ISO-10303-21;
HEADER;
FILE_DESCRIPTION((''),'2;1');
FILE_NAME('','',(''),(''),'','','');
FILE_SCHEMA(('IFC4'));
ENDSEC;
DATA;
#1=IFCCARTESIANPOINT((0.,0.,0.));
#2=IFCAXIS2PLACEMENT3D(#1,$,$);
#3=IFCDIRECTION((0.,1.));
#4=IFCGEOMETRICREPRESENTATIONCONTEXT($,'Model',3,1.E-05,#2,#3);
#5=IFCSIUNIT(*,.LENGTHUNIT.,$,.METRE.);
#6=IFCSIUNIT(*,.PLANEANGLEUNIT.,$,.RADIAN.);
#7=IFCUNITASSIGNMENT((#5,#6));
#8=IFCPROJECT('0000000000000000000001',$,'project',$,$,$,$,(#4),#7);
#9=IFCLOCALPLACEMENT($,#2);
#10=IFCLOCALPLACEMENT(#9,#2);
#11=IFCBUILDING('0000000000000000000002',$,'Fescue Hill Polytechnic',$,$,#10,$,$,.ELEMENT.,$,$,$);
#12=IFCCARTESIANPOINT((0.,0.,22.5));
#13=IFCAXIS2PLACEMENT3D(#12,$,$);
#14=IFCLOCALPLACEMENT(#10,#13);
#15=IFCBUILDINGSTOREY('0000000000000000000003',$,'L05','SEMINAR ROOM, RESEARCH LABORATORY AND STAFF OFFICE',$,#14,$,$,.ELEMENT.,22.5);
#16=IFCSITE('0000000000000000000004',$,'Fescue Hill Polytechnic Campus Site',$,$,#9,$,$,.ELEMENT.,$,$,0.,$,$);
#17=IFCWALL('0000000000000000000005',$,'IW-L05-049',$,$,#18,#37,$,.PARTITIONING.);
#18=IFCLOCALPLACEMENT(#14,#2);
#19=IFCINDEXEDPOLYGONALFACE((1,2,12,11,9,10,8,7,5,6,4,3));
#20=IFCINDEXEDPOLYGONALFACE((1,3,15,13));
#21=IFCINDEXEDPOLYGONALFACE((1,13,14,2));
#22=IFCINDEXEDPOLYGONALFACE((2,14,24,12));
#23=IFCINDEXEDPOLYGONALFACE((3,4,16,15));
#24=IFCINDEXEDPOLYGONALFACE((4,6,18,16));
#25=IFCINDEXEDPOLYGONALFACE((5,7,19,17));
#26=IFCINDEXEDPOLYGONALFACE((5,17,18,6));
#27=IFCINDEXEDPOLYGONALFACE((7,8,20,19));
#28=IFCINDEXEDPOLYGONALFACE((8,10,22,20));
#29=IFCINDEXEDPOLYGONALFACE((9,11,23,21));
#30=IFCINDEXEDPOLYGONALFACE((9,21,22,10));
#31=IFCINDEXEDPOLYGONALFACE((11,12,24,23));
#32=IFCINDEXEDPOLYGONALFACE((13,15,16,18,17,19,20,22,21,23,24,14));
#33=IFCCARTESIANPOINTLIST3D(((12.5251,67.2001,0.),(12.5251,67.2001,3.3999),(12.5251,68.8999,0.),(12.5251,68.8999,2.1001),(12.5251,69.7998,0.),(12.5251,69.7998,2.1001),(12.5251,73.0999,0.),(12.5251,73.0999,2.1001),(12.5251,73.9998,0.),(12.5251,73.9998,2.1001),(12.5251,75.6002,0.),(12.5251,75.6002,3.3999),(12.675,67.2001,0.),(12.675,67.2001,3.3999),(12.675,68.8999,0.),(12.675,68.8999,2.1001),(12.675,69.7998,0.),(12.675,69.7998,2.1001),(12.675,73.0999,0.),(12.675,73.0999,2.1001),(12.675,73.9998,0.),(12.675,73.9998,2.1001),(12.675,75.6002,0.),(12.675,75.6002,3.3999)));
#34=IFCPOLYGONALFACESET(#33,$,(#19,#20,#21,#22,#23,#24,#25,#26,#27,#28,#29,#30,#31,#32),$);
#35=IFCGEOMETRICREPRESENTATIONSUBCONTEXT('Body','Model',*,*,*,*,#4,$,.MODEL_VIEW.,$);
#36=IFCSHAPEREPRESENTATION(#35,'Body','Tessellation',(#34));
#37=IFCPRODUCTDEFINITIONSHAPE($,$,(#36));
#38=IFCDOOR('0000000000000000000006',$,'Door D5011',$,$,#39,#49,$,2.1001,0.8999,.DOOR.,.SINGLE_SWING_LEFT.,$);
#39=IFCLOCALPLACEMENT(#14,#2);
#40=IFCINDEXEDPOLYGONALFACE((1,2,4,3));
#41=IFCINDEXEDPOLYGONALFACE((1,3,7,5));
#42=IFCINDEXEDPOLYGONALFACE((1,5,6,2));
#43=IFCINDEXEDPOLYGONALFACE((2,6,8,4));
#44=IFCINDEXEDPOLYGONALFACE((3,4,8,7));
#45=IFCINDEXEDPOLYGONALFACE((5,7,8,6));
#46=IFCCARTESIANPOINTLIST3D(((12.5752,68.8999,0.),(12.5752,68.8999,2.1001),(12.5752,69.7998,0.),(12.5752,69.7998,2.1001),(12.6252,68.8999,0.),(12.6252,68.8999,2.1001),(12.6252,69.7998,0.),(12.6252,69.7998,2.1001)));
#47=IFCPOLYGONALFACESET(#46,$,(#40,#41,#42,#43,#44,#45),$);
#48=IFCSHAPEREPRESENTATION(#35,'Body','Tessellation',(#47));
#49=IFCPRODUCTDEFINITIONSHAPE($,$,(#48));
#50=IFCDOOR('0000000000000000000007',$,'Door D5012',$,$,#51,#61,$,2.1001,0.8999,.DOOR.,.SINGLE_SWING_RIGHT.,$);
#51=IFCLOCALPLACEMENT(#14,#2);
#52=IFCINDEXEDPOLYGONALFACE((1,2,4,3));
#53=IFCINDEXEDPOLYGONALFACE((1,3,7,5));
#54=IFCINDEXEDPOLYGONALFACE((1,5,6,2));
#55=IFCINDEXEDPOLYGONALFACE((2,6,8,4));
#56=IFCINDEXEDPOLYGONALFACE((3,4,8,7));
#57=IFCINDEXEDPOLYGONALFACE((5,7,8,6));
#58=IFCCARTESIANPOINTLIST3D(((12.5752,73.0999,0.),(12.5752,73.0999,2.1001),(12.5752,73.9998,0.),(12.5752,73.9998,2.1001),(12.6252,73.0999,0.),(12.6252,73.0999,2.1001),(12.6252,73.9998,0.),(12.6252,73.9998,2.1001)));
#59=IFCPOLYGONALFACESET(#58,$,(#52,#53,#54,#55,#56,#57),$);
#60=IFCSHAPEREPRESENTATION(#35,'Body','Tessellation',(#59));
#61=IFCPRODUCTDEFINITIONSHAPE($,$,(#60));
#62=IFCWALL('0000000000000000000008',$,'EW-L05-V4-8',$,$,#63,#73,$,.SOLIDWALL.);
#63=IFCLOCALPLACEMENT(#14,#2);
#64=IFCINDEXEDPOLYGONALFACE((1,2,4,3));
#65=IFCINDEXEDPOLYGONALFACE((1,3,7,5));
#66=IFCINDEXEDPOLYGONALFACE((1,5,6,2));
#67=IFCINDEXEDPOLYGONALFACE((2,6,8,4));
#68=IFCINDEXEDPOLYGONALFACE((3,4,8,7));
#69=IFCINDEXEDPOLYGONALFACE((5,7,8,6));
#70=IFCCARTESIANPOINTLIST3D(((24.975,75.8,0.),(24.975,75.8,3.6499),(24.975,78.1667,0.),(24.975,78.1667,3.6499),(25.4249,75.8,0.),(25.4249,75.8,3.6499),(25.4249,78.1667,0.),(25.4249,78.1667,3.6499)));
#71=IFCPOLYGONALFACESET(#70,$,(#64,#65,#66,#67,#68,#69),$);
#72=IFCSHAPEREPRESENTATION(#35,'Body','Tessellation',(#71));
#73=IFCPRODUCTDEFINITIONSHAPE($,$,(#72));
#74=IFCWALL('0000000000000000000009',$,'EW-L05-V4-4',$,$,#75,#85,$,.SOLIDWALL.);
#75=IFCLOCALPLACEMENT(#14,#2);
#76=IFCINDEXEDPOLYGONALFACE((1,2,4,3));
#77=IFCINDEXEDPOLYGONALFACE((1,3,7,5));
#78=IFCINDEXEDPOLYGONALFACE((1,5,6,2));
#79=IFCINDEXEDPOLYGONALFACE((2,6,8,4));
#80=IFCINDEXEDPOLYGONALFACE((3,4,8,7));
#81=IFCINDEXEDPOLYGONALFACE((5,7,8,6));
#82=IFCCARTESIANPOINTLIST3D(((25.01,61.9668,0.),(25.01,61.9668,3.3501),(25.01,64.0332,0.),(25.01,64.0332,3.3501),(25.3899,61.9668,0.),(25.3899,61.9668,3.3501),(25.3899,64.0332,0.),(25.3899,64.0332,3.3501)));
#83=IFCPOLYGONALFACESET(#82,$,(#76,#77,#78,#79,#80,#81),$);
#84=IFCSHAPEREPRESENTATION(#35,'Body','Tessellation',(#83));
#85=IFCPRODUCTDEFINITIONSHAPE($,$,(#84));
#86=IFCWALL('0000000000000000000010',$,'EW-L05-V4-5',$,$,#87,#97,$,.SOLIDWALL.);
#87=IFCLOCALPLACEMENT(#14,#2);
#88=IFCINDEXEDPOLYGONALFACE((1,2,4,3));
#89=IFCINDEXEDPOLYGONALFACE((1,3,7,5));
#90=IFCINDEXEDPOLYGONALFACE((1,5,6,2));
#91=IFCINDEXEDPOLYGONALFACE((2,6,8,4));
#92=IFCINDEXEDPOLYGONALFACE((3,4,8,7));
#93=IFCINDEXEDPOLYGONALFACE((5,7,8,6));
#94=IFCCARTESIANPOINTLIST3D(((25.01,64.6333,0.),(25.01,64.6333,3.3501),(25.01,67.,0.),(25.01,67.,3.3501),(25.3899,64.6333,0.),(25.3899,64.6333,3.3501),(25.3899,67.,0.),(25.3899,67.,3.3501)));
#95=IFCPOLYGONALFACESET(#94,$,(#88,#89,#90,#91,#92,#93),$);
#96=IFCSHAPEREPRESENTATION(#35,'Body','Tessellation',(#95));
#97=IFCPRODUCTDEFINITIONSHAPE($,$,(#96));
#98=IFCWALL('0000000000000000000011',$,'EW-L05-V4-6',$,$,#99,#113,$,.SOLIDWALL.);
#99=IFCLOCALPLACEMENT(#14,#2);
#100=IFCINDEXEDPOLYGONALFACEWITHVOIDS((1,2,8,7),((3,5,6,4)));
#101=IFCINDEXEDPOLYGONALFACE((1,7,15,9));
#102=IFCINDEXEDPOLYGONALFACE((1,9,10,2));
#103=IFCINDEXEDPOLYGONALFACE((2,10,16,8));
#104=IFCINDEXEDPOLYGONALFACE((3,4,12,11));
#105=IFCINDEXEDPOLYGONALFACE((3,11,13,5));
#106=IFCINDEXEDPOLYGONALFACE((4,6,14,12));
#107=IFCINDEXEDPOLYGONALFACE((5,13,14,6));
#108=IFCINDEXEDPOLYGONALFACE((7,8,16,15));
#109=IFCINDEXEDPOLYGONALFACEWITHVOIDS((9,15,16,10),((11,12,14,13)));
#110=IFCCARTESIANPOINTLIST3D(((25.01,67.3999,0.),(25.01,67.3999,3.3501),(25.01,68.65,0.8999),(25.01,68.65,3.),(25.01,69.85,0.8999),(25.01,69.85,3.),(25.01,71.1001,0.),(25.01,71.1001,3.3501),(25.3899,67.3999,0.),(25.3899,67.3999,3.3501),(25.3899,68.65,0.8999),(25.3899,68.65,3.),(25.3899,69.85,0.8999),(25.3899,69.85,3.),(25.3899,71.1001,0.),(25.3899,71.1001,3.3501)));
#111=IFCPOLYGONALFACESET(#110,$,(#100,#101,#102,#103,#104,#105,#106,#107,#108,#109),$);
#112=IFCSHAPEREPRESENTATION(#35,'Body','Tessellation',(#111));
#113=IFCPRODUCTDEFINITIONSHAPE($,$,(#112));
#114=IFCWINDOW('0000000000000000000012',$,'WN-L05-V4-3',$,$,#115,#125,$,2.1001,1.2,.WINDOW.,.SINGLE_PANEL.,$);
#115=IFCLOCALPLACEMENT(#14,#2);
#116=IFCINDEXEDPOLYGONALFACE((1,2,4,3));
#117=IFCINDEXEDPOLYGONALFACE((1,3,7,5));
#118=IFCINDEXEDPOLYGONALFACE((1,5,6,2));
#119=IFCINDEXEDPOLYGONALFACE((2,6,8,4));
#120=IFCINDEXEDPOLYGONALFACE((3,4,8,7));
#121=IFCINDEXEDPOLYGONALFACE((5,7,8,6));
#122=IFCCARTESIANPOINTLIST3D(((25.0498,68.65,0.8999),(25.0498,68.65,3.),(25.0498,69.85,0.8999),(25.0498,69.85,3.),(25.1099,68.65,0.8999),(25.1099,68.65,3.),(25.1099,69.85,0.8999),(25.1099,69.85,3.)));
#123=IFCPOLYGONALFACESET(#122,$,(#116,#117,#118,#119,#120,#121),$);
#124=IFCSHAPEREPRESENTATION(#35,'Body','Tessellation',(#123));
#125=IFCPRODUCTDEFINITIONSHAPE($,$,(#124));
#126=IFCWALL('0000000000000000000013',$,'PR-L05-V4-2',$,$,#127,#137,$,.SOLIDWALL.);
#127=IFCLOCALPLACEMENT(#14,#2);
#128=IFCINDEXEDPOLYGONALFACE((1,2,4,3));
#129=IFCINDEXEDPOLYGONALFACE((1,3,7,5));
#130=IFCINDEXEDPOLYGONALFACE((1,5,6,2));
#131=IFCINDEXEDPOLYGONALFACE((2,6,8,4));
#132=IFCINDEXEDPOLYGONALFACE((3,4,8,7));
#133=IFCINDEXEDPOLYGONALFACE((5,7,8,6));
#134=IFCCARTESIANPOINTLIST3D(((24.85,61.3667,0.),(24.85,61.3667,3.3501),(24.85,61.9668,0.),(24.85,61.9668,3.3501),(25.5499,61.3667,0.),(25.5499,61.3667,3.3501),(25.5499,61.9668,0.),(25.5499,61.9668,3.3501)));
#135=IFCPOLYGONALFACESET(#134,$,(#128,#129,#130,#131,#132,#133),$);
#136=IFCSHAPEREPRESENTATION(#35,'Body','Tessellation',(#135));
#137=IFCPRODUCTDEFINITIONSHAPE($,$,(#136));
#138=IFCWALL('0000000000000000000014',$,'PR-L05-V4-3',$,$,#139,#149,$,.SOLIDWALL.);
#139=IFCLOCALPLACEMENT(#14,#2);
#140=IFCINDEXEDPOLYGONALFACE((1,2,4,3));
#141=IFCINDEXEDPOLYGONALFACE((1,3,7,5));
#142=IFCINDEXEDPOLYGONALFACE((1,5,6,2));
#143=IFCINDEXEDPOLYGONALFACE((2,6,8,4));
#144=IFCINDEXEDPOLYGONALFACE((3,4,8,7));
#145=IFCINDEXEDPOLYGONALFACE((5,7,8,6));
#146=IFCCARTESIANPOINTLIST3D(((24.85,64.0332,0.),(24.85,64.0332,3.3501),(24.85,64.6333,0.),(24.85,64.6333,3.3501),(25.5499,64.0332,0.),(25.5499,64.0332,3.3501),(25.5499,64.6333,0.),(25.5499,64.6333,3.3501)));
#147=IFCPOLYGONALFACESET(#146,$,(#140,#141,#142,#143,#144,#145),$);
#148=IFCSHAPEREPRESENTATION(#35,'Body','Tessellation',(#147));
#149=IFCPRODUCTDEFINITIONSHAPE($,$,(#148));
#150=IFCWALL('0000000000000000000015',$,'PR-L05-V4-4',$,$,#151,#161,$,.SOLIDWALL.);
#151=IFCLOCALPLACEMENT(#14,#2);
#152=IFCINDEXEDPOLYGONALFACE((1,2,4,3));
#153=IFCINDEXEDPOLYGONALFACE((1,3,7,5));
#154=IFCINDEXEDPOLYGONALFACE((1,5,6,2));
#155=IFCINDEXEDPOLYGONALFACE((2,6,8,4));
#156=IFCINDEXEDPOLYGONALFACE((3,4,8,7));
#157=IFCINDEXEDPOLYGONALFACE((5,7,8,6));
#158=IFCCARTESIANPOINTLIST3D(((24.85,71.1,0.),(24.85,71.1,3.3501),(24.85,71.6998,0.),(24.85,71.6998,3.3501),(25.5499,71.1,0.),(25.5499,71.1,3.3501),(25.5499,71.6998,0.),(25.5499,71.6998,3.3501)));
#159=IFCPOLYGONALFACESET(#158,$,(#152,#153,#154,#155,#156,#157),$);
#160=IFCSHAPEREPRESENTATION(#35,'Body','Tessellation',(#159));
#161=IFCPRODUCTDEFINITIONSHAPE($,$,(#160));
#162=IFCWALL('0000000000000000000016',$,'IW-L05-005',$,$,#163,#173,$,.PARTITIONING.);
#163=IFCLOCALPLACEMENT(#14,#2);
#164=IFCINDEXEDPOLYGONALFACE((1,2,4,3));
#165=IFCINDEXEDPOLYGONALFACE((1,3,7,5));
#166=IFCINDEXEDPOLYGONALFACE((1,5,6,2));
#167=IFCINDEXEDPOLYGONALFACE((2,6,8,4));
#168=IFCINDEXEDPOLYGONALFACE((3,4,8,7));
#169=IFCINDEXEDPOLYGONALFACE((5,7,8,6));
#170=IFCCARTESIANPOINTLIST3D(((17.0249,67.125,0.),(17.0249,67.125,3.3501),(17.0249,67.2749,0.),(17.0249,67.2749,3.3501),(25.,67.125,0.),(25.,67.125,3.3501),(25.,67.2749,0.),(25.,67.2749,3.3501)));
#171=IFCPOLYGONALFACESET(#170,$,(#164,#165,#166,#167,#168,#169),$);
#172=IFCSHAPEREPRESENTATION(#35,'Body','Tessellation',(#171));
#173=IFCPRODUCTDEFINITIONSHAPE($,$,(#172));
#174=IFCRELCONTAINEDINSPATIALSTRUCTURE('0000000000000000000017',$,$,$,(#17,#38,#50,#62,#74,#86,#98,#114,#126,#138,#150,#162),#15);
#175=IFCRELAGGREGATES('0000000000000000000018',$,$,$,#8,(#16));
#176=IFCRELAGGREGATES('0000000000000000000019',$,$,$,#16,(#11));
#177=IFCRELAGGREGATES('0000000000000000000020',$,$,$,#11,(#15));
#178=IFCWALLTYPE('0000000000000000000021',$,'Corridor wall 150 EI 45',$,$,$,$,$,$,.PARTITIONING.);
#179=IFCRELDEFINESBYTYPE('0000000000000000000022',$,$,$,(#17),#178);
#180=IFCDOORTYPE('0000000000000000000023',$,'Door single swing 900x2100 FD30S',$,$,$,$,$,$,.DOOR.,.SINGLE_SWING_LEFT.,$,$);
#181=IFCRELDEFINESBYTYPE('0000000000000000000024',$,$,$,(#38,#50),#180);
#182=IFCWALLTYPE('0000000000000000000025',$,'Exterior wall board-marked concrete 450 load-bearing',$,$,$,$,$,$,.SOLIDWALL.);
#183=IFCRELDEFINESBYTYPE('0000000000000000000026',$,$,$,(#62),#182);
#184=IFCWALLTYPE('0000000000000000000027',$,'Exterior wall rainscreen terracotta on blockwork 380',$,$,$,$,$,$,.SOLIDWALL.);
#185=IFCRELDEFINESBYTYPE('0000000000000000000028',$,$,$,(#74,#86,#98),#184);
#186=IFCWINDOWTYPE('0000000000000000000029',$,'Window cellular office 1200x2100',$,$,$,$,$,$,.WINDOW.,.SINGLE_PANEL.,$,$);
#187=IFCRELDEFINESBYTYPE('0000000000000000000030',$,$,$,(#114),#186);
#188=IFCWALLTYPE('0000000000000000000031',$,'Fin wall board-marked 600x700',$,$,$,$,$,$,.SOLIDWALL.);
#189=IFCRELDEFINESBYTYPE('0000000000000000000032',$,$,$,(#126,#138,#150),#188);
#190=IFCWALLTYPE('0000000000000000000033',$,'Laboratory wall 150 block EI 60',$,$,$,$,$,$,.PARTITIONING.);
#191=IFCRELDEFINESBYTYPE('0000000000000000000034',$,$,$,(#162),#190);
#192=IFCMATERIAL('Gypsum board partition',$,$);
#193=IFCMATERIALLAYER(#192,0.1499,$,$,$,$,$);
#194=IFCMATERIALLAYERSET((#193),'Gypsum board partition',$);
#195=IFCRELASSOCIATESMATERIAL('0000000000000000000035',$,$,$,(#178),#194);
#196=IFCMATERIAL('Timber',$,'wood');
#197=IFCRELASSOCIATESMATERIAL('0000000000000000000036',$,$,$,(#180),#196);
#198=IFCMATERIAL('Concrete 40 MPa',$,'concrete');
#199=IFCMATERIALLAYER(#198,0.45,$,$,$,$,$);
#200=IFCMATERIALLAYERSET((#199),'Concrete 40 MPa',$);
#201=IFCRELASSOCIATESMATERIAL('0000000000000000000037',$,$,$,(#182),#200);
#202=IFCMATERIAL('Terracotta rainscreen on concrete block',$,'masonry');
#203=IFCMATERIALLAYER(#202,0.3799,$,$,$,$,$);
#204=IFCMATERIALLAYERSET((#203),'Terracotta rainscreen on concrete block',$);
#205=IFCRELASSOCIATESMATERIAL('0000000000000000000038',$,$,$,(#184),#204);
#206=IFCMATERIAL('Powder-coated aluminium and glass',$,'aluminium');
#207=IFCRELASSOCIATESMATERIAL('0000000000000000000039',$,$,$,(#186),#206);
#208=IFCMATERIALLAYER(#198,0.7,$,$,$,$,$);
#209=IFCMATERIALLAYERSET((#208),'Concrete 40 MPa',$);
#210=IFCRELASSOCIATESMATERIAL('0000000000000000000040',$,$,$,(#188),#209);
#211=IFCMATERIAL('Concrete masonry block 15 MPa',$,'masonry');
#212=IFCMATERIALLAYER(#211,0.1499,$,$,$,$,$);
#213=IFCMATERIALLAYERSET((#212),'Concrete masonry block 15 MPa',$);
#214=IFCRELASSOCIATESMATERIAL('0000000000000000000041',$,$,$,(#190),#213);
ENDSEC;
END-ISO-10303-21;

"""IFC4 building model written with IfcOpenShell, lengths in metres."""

from ifc_helpers import new_model, si_unit, direction, frame, frame_2d, origin, place, context, subcontext, project, spatial, rectangle, extrude, material, layer, layer_set, type_object, element, fill, save


model = new_model("IFC4")

# Units and contexts
model_context = context("Model", 3, precision=1e-05, world=origin(), true_north=direction((0.0, 1.0)))
body_context = subcontext(model_context, "Body", "Model", "MODEL_VIEW")
ifc_project = project(units=[si_unit("LENGTHUNIT", "METRE"), si_unit("PLANEANGLEUNIT", "RADIAN")], contexts=[model_context])

# Site, building, storey
site_placement = place(None, origin())
site = spatial("IfcSite", under=ifc_project, at=site_placement, Name="Fescue Hill Polytechnic Campus Site", CompositionType="ELEMENT", RefElevation=0.0)
building_placement = place(site_placement, origin())
building = spatial("IfcBuilding", under=site, at=building_placement, Name="Fescue Hill Polytechnic", CompositionType="ELEMENT")
storey_placement = place(building_placement, frame((0.0, 0.0, 22.5)))
storey = spatial("IfcBuildingStorey", under=building, at=storey_placement, Name="L05", Description="SEMINAR ROOM, RESEARCH LABORATORY AND STAFF OFFICE", CompositionType="ELEMENT", Elevation=22.5)

# Shared definitions
ifc_material_1 = material(Name="Concrete 40 MPa", Category="concrete")

# Wall, openings, doors
ifc_material_2 = material(Name="Gypsum board partition")
ifc_layer_1 = layer(ifc_material_2, 0.1499)
ifc_layer_set_1 = layer_set([ifc_layer_1], Name="Gypsum board partition")
wall_type_1 = type_object("IfcWallType", Name="Corridor wall 150 EI 45", PredefinedType="PARTITIONING", material=ifc_layer_set_1)
wall_1_placement = place(storey_placement, frame((12.6001, 67.2, 0.0), z_axis=(0.0, 0.0, 1.0), x_axis=(0.0, 1.0, 0.0)))
wall_1 = element("IfcWall", 1, at=wall_1_placement, inside=storey, type_object=wall_type_1, Name="IW-L05-049", PredefinedType="PARTITIONING", context=body_context, shape_type="SweptSolid", body=[
    extrude(rectangle(XDim=8.4001, YDim=0.1499, at=frame_2d((4.2002, 0.0))), origin(), (0.0, 0.0, 1.0), 3.3999),
])
opening_1_placement = place(wall_1_placement, frame((1.7, 0.0, 0.0)))
opening_1 = element("IfcOpeningElement", 2, at=opening_1_placement, cuts=wall_1, PredefinedType="OPENING", context=body_context, shape_type="SweptSolid", body=[
    extrude(rectangle(XDim=0.8999, YDim=2.1001, at=frame_2d((0.45, 1.05))), frame((0.0, 0.085, 0.0), z_axis=(0.0, -1.0, 0.0), x_axis=(1.0, 0.0, 0.0)), (0.0, 0.0, 1.0), 0.1699),
])
opening_2_placement = place(wall_1_placement, frame((5.8999, 0.0, 0.0)))
opening_2 = element("IfcOpeningElement", 3, at=opening_2_placement, cuts=wall_1, PredefinedType="OPENING", context=body_context, shape_type="SweptSolid", body=[
    extrude(rectangle(XDim=0.8999, YDim=2.1001, at=frame_2d((0.45, 1.05))), frame((0.0, 0.085, 0.0), z_axis=(0.0, -1.0, 0.0), x_axis=(1.0, 0.0, 0.0)), (0.0, 0.0, 1.0), 0.1699),
])
ifc_material_3 = material(Name="Timber", Category="wood")
door_type_1 = type_object("IfcDoorType", Name="Door single swing 900x2100 FD30S", OperationType="SINGLE_SWING_LEFT", PredefinedType="DOOR", material=ifc_material_3)
door_1_placement = place(opening_1_placement, origin())
door_1 = element("IfcDoor", 4, at=door_1_placement, inside=storey, type_object=door_type_1, Name="Door D5011", OperationType="SINGLE_SWING_LEFT", OverallHeight=2.1001, OverallWidth=0.8999, PredefinedType="DOOR", context=body_context, shape_type="SweptSolid", body=[
    extrude(rectangle(XDim=0.8999, YDim=2.1001, at=frame_2d((0.45, 1.05))), frame((0.0, 0.0249, 0.0), z_axis=(0.0, -1.0, 0.0), x_axis=(1.0, 0.0, 0.0)), (0.0, 0.0, 1.0), 0.05),
])
fill(opening_1, door_1)
door_2_placement = place(opening_2_placement, origin())
door_2 = element("IfcDoor", 5, at=door_2_placement, inside=storey, type_object=door_type_1, Name="Door D5012", OperationType="SINGLE_SWING_RIGHT", OverallHeight=2.1001, OverallWidth=0.8999, PredefinedType="DOOR", context=body_context, shape_type="SweptSolid", body=[
    extrude(rectangle(XDim=0.8999, YDim=2.1001, at=frame_2d((0.45, 1.05))), frame((0.0, 0.0249, 0.0), z_axis=(0.0, -1.0, 0.0), x_axis=(1.0, 0.0, 0.0)), (0.0, 0.0, 1.0), 0.05),
])
fill(opening_2, door_2)

# Walls
ifc_layer_2 = layer(ifc_material_1, 0.45)
ifc_layer_set_2 = layer_set([ifc_layer_2], Name="Concrete 40 MPa")
wall_type_2 = type_object("IfcWallType", Name="Exterior wall board-marked concrete 450 load-bearing", PredefinedType="SOLIDWALL", material=ifc_layer_set_2)
wall_2_placement = place(storey_placement, frame((25.2, 75.8, 0.0), z_axis=(0.0, 0.0, 1.0), x_axis=(0.0, 1.0, 0.0)))
element("IfcWall", 6, at=wall_2_placement, inside=storey, type_object=wall_type_2, Name="EW-L05-V4-8", PredefinedType="SOLIDWALL", context=body_context, shape_type="SweptSolid", body=[
    extrude(rectangle(XDim=2.3667, YDim=0.45, at=frame_2d((1.1833, 0.0))), origin(), (0.0, 0.0, 1.0), 3.6499),
])
ifc_material_4 = material(Name="Terracotta rainscreen on concrete block", Category="masonry")
ifc_layer_3 = layer(ifc_material_4, 0.3799)
ifc_layer_set_3 = layer_set([ifc_layer_3], Name="Terracotta rainscreen on concrete block")
wall_type_3 = type_object("IfcWallType", Name="Exterior wall rainscreen terracotta on blockwork 380", PredefinedType="SOLIDWALL", material=ifc_layer_set_3)
wall_3_placement = place(storey_placement, frame((25.2, 61.9668, 0.0), z_axis=(0.0, 0.0, 1.0), x_axis=(0.0, 1.0, 0.0)))
element("IfcWall", 7, at=wall_3_placement, inside=storey, type_object=wall_type_3, Name="EW-L05-V4-4", PredefinedType="SOLIDWALL", context=body_context, shape_type="SweptSolid", body=[
    extrude(rectangle(XDim=2.0664, YDim=0.3799, at=frame_2d((1.0332, 0.0))), origin(), (0.0, 0.0, 1.0), 3.3501),
])
wall_4_placement = place(storey_placement, frame((25.2, 64.6333, 0.0), z_axis=(0.0, 0.0, 1.0), x_axis=(0.0, 1.0, 0.0)))
element("IfcWall", 8, at=wall_4_placement, inside=storey, type_object=wall_type_3, Name="EW-L05-V4-5", PredefinedType="SOLIDWALL", context=body_context, shape_type="SweptSolid", body=[
    extrude(rectangle(XDim=2.3667, YDim=0.3799, at=frame_2d((1.1833, 0.0))), origin(), (0.0, 0.0, 1.0), 3.3501),
])

# Wall, opening, window
wall_5_placement = place(storey_placement, frame((25.2, 67.3999, 0.0), z_axis=(0.0, 0.0, 1.0), x_axis=(0.0, 1.0, 0.0)))
wall_5 = element("IfcWall", 9, at=wall_5_placement, inside=storey, type_object=wall_type_3, Name="EW-L05-V4-6", PredefinedType="SOLIDWALL", context=body_context, shape_type="SweptSolid", body=[
    extrude(rectangle(XDim=3.7002, YDim=0.3799, at=frame_2d((1.8501, 0.0))), origin(), (0.0, 0.0, 1.0), 3.3501),
])
opening_3_placement = place(wall_5_placement, frame((1.25, 0.0, 0.8999)))
opening_3 = element("IfcOpeningElement", 10, at=opening_3_placement, cuts=wall_5, PredefinedType="OPENING", context=body_context, shape_type="SweptSolid", body=[
    extrude(rectangle(XDim=1.2, YDim=2.1001, at=frame_2d((0.6001, 1.05))), frame((0.0, 0.2, 0.0), z_axis=(0.0, -1.0, 0.0), x_axis=(1.0, 0.0, 0.0)), (0.0, 0.0, 1.0), 0.3999),
])
ifc_material_5 = material(Name="Powder-coated aluminium and glass", Category="aluminium")
window_type = type_object("IfcWindowType", Name="Window cellular office 1200x2100", PartitioningType="SINGLE_PANEL", PredefinedType="WINDOW", material=ifc_material_5)
window_placement = place(opening_3_placement, origin())
window = element("IfcWindow", 11, at=window_placement, inside=storey, type_object=window_type, Name="WN-L05-V4-3", OverallHeight=2.1001, OverallWidth=1.2, PartitioningType="SINGLE_PANEL", PredefinedType="WINDOW", context=body_context, shape_type="SweptSolid", body=[
    extrude(rectangle(XDim=1.2, YDim=2.1001, at=frame_2d((0.6001, 1.05))), frame((0.0, 0.1501, 0.0), z_axis=(0.0, -1.0, 0.0), x_axis=(1.0, 0.0, 0.0)), (0.0, 0.0, 1.0), 0.0601),
])
fill(opening_3, window)

# Walls
ifc_layer_4 = layer(ifc_material_1, 0.7)
ifc_layer_set_4 = layer_set([ifc_layer_4], Name="Concrete 40 MPa")
wall_type_4 = type_object("IfcWallType", Name="Fin wall board-marked 600x700", PredefinedType="SOLIDWALL", material=ifc_layer_set_4)
for number, where, z_axis, x_axis, name in (
    (12, (25.2, 61.3667, 0.0), (0.0, 0.0, 1.0), (0.0, 1.0, 0.0), "PR-L05-V4-2"),
    (13, (25.2, 64.0332, 0.0), (0.0, 0.0, 1.0), (0.0, 1.0, 0.0), "PR-L05-V4-3"),
):
    element("IfcWall", number, at=place(storey_placement, frame(where, z_axis=z_axis, x_axis=x_axis)), inside=storey, type_object=wall_type_4, Name=name, PredefinedType="SOLIDWALL", context=body_context, shape_type="SweptSolid", body=[
        extrude(rectangle(XDim=0.6001, YDim=0.7, at=frame_2d((0.3, 0.0))), origin(), (0.0, 0.0, 1.0), 3.3501),
    ])
wall_6_placement = place(storey_placement, frame((25.2, 71.1001, 0.0), z_axis=(0.0, 0.0, 1.0), x_axis=(0.0, 1.0, 0.0)))
element("IfcWall", 14, at=wall_6_placement, inside=storey, type_object=wall_type_4, Name="PR-L05-V4-4", PredefinedType="SOLIDWALL", context=body_context, shape_type="SweptSolid", body=[
    extrude(rectangle(XDim=0.5999, YDim=0.7, at=frame_2d((0.2998, 0.0))), origin(), (0.0, 0.0, 1.0), 3.3501),
])
ifc_material_6 = material(Name="Concrete masonry block 15 MPa", Category="masonry")
ifc_layer_5 = layer(ifc_material_6, 0.1499)
ifc_layer_set_5 = layer_set([ifc_layer_5], Name="Concrete masonry block 15 MPa")
wall_type_5 = type_object("IfcWallType", Name="Laboratory wall 150 block EI 60", PredefinedType="PARTITIONING", material=ifc_layer_set_5)
wall_7_placement = place(storey_placement, frame((17.0249, 67.2, 0.0), z_axis=(0.0, 0.0, 1.0), x_axis=(1.0, 0.0, 0.0)))
element("IfcWall", 15, at=wall_7_placement, inside=storey, type_object=wall_type_5, Name="IW-L05-005", PredefinedType="PARTITIONING", context=body_context, shape_type="SweptSolid", body=[
    extrude(rectangle(XDim=7.9751, YDim=0.1499, at=frame_2d((3.9875, 0.0))), origin(), (0.0, 0.0, 1.0), 3.3501),
])

save(model, "model.ifc")
